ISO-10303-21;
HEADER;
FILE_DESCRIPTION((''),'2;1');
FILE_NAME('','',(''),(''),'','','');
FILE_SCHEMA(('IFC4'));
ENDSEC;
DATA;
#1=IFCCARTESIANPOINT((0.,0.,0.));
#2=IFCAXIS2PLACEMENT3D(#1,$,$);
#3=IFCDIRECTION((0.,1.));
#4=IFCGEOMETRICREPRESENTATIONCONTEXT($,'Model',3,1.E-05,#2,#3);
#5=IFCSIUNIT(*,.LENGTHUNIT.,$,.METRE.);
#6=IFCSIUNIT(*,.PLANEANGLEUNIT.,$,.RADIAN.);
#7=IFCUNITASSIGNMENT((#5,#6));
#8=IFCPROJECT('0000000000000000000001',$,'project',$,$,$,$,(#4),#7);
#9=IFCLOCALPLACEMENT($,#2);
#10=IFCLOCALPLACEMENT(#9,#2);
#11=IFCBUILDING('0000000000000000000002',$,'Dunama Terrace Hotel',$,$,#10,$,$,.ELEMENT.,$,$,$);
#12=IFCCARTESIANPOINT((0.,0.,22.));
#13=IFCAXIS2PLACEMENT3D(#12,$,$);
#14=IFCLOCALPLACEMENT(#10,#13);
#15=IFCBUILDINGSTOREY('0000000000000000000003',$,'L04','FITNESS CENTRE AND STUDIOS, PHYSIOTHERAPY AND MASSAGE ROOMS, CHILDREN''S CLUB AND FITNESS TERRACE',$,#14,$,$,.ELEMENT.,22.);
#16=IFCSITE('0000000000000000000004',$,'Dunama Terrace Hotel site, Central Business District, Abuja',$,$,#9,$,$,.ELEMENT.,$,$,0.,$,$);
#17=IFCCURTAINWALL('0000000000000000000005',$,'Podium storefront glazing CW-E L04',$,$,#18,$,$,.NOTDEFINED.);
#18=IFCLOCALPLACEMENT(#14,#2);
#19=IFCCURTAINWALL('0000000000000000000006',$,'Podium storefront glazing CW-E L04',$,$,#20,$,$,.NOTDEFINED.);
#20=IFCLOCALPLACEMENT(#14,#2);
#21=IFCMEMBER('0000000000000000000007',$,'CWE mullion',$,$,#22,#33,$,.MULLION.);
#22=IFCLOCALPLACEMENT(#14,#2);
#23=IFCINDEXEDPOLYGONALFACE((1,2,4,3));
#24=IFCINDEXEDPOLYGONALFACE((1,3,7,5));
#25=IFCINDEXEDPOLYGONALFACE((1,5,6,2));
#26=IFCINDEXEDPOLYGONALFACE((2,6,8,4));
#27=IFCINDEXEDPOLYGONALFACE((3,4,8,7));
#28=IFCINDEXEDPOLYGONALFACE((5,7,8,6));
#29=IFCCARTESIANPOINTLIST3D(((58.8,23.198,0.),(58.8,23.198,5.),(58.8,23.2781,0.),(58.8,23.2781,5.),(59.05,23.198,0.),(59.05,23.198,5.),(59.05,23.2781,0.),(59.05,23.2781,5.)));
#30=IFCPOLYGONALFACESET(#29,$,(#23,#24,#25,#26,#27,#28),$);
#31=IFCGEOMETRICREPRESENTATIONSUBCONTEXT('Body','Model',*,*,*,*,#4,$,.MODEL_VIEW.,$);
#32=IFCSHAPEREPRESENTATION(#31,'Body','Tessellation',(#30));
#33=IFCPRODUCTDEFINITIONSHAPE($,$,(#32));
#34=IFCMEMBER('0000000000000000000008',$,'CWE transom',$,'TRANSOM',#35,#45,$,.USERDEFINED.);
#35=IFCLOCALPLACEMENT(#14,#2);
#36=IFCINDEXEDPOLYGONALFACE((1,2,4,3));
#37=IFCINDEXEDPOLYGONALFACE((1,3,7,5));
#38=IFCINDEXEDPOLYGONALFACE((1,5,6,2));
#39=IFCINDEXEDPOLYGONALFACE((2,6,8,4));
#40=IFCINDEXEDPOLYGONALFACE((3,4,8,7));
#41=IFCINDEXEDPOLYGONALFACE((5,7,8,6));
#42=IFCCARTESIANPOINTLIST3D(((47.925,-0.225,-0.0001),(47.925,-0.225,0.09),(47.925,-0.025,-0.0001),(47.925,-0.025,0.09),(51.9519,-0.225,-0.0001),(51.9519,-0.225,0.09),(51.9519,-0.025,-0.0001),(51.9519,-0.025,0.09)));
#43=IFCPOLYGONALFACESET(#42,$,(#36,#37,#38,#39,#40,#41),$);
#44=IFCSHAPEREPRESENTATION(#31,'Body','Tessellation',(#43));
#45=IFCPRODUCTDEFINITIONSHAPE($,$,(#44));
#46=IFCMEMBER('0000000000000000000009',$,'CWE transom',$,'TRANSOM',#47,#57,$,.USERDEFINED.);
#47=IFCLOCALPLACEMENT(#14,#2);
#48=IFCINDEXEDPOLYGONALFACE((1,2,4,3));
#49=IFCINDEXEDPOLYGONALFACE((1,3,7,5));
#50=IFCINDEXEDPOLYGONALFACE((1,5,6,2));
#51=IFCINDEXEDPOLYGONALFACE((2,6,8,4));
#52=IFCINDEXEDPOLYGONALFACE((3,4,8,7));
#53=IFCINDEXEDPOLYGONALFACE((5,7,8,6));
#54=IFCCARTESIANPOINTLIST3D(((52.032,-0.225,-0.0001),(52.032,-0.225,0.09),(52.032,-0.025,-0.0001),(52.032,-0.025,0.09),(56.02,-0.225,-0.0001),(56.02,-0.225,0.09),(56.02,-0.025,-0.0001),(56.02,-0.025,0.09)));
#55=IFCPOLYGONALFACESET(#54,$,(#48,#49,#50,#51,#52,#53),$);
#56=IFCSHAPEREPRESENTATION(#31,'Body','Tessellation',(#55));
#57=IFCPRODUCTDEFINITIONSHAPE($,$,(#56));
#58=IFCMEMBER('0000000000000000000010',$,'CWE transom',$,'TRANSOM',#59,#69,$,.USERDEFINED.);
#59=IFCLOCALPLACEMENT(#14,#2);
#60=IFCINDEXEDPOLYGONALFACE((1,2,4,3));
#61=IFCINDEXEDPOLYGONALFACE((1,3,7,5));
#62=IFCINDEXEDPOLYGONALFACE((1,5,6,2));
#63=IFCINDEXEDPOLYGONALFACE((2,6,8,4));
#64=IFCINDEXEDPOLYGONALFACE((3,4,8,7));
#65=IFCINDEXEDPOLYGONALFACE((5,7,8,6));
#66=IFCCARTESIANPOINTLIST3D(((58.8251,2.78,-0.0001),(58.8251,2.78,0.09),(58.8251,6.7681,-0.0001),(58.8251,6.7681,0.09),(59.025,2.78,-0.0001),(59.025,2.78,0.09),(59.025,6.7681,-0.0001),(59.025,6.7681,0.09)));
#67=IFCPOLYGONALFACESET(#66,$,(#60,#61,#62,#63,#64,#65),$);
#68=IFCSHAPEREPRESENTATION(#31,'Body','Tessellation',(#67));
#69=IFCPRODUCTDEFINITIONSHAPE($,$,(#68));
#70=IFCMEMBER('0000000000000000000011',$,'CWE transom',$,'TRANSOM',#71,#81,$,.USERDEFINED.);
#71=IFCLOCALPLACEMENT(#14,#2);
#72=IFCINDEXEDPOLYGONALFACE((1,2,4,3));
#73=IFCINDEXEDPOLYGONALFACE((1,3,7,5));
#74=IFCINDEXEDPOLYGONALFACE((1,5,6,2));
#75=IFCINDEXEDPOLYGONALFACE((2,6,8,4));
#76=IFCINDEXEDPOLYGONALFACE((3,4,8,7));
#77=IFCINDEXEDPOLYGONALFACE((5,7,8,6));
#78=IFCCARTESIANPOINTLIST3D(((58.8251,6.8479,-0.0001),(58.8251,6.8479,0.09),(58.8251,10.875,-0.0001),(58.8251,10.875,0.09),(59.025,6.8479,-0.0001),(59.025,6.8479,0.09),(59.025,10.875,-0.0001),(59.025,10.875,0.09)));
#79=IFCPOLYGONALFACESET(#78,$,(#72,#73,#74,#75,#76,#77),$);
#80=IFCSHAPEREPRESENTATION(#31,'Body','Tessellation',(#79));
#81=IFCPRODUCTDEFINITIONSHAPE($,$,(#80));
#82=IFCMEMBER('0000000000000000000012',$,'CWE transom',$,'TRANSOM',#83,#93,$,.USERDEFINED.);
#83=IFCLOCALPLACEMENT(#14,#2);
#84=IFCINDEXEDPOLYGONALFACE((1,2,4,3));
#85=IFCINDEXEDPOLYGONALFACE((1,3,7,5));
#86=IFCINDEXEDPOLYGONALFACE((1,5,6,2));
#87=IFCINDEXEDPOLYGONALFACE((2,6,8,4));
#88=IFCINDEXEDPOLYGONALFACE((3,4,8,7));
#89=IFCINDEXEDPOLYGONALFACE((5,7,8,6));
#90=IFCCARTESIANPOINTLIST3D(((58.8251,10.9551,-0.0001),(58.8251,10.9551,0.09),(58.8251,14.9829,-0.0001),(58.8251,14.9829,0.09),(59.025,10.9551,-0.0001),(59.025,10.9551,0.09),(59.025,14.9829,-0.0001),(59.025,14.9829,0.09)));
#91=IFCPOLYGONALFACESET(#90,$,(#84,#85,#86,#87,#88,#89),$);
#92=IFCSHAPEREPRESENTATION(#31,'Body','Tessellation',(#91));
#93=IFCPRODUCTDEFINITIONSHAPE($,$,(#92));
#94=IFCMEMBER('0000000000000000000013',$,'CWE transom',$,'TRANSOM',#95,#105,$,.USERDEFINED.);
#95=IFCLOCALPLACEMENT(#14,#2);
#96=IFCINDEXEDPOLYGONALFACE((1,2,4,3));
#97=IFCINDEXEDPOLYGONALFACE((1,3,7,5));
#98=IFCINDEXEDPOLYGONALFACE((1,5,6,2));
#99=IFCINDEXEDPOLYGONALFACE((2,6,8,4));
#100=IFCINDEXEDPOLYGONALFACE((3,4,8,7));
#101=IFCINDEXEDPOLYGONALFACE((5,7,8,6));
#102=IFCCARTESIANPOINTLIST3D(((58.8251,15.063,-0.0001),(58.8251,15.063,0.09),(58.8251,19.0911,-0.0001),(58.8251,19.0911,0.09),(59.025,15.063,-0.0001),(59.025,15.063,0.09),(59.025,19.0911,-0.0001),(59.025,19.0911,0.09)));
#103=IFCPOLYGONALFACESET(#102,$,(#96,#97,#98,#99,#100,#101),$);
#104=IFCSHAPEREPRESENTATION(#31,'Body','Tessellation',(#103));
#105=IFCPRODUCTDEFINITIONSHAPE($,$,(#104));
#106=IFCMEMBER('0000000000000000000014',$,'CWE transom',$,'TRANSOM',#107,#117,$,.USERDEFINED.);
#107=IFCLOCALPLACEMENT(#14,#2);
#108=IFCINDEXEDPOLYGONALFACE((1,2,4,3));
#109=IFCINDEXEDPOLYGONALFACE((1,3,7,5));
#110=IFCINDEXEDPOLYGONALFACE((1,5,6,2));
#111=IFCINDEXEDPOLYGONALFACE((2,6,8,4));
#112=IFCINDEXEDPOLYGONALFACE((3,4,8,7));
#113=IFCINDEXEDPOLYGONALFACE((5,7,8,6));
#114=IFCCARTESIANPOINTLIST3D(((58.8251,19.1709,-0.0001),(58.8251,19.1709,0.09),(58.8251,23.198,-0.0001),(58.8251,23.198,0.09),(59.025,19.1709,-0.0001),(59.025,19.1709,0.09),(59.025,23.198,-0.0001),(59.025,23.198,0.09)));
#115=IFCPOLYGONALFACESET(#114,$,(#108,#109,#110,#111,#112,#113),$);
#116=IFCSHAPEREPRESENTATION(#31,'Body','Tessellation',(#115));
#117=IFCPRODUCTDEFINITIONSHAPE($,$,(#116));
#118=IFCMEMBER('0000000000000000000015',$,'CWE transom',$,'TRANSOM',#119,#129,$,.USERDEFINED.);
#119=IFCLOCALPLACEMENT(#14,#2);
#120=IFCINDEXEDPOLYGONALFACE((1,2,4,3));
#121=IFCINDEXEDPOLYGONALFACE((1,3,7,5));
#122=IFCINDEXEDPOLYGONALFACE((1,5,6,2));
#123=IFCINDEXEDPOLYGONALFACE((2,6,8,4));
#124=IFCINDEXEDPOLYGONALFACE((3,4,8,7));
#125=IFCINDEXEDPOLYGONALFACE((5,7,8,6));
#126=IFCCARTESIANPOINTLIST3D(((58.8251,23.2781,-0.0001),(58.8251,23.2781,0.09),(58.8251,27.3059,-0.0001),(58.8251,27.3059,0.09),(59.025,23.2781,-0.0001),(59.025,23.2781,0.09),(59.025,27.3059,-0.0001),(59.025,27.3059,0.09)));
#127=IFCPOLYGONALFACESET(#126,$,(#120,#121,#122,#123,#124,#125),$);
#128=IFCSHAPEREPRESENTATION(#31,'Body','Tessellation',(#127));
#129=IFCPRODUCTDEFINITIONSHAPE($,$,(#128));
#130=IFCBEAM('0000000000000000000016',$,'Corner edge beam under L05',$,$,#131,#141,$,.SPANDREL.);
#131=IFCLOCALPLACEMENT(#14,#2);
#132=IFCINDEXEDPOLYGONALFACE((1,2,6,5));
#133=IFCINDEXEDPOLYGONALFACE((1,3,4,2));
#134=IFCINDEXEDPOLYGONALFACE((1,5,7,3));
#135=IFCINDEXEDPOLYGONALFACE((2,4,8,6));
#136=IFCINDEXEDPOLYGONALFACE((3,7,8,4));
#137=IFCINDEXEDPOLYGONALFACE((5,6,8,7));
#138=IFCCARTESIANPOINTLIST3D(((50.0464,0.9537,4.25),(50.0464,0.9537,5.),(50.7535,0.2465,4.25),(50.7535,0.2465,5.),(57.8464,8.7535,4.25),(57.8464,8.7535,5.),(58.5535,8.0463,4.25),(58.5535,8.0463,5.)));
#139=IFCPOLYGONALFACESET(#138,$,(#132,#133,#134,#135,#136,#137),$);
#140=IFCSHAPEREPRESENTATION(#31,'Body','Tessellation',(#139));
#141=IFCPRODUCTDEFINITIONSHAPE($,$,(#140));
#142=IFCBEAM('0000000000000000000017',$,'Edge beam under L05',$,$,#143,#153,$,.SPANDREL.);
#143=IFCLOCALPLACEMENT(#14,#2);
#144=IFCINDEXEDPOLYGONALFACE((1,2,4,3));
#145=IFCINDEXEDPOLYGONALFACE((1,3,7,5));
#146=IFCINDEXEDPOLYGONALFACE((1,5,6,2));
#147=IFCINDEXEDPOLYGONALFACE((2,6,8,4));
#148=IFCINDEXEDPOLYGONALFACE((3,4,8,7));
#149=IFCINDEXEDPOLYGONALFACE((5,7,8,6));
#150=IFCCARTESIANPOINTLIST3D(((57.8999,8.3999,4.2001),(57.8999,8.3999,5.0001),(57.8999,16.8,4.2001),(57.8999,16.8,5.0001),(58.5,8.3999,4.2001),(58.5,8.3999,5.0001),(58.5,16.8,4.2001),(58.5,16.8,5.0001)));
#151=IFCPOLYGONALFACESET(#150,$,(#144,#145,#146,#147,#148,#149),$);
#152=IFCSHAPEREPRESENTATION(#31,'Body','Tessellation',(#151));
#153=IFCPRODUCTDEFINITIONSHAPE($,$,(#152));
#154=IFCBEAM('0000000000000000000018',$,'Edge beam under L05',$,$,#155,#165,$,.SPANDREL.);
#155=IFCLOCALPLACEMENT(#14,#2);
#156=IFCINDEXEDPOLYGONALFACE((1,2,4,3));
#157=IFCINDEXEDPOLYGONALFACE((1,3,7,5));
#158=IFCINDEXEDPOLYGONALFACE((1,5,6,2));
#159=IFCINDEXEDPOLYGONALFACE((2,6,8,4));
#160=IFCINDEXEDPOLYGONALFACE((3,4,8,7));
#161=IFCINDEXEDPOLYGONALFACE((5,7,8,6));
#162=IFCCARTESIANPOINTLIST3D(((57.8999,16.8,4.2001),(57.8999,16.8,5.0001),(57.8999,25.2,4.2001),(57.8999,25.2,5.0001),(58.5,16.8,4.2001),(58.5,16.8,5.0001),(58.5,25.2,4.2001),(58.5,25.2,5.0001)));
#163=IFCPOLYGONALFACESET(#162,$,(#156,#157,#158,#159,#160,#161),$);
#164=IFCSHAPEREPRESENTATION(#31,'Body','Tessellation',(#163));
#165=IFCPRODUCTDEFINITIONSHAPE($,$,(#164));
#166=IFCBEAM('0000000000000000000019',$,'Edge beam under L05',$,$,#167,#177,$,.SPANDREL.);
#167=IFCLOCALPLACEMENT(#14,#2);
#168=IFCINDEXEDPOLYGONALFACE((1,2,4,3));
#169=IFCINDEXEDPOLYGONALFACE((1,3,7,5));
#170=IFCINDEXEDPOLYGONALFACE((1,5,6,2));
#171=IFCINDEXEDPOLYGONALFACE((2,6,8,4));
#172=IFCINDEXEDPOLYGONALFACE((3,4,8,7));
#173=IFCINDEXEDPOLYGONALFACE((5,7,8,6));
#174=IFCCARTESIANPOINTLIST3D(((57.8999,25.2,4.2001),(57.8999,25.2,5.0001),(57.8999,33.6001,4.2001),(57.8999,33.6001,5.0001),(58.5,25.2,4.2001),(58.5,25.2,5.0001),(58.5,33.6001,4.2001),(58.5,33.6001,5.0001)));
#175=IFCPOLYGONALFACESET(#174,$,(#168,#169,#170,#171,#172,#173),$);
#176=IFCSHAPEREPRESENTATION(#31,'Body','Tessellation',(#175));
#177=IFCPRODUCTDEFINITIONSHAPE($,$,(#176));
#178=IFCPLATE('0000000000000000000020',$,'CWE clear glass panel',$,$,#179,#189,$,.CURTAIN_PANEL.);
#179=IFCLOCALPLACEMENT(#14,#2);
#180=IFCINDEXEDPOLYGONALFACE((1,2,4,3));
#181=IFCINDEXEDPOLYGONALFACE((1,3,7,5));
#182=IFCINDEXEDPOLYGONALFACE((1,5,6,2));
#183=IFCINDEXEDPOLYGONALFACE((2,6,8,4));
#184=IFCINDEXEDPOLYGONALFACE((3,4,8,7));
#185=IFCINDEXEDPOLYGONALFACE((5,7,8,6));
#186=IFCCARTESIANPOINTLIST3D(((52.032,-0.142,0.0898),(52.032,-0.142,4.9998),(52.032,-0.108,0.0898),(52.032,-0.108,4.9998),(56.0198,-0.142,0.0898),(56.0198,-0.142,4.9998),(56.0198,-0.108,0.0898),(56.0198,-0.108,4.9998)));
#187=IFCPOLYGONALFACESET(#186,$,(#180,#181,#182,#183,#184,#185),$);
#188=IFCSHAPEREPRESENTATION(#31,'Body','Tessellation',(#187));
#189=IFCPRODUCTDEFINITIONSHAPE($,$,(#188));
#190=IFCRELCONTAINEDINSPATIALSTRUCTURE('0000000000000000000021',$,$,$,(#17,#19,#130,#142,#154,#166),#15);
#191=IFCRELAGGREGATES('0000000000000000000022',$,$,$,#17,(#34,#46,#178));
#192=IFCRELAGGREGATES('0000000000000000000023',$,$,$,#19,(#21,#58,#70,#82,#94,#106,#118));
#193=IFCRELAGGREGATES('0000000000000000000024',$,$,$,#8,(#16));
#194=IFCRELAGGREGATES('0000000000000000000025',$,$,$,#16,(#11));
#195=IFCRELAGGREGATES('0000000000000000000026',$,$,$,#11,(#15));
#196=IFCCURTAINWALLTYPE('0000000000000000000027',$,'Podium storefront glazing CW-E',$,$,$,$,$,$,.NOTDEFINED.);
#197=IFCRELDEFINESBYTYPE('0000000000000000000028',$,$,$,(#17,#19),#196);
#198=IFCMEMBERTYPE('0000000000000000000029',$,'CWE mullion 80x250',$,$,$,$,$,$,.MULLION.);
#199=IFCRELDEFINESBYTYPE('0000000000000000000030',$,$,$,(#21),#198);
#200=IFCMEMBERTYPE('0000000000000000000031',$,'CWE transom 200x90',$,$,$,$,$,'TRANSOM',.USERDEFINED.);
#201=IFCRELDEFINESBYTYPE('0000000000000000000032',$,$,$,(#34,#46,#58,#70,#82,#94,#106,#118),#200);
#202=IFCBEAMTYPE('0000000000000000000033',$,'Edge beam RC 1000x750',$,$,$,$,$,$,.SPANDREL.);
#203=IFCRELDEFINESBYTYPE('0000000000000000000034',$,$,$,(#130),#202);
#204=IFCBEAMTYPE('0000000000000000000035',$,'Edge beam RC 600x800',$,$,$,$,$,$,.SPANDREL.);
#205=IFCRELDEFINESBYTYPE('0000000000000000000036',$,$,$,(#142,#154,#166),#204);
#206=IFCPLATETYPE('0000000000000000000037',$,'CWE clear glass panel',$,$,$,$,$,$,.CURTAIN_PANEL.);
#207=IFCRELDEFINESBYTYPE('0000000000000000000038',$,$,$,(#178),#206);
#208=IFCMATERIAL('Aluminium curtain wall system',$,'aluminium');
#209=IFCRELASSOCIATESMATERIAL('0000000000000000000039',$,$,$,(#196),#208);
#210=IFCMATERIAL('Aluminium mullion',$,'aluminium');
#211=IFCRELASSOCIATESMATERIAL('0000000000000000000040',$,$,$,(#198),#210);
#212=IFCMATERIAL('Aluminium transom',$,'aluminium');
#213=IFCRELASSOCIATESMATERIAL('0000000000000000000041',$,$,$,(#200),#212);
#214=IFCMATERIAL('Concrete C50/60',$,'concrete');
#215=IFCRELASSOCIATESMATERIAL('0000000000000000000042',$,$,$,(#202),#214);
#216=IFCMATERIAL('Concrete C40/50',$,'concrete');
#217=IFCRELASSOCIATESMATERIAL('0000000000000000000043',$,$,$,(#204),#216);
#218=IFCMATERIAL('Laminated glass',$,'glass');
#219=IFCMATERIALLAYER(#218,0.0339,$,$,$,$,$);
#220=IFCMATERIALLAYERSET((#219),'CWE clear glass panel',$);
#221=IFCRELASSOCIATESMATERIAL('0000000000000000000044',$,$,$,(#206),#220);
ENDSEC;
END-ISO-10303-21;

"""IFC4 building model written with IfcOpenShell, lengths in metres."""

from ifc_helpers import new_model, si_unit, direction, frame, origin, origin_2d, place, context, subcontext, project, spatial, rectangle, extrude, material, layer, layer_set, material_profile, profile_set, type_object, element, aggregate, save


model = new_model("IFC4")

# Units and contexts
model_context = context("Model", 3, precision=1e-05, world=origin(), true_north=direction((0.0, 1.0)))
body_context = subcontext(model_context, "Body", "Model", "MODEL_VIEW")
ifc_project = project(units=[si_unit("LENGTHUNIT", "METRE"), si_unit("PLANEANGLEUNIT", "RADIAN")], contexts=[model_context])

# Site, building, storey
site_placement = place(None, origin())
site = spatial("IfcSite", under=ifc_project, at=site_placement, Name="Dunama Terrace Hotel site, Central Business District, Abuja", CompositionType="ELEMENT", RefElevation=0.0)
building_placement = place(site_placement, origin())
building = spatial("IfcBuilding", under=site, at=building_placement, Name="Dunama Terrace Hotel", CompositionType="ELEMENT")
storey_placement = place(building_placement, frame((0.0, 0.0, 22.0)))
storey = spatial("IfcBuildingStorey", under=building, at=storey_placement, Name="L04", Description="FITNESS CENTRE AND STUDIOS, PHYSIOTHERAPY AND MASSAGE ROOMS, CHILDREN'S CLUB AND FITNESS TERRACE", CompositionType="ELEMENT", Elevation=22.0)

# Curtain walls, member
ifc_material_1 = material(Name="Aluminium curtain wall system", Category="aluminium")
curtain_wall_type = type_object("IfcCurtainWallType", Name="Podium storefront glazing CW-E", PredefinedType="NOTDEFINED", material=ifc_material_1)
curtain_wall_1_placement = place(storey_placement, origin())
curtain_wall_1 = element("IfcCurtainWall", 1, at=curtain_wall_1_placement, inside=storey, type_object=curtain_wall_type, Name="Podium storefront glazing CW-E L04", PredefinedType="NOTDEFINED")
ifc_material_2 = material(Name="Aluminium mullion", Category="aluminium")
ifc_material_profile_1 = material_profile(ifc_material_2, rectangle(XDim=0.0801, YDim=0.25, at=origin_2d()), Name="CWE MULLION 80X250")
ifc_profile_set_1 = profile_set([ifc_material_profile_1], Name="Aluminium mullion")
member_type_1 = type_object("IfcMemberType", Name="CWE mullion 80x250", PredefinedType="MULLION", material=ifc_profile_set_1)
curtain_wall_2_placement = place(storey_placement, origin())
curtain_wall_2 = element("IfcCurtainWall", 2, at=curtain_wall_2_placement, inside=storey, type_object=curtain_wall_type, Name="Podium storefront glazing CW-E L04", PredefinedType="NOTDEFINED")
member_1_placement = place(storey_placement, frame((58.925, 23.238, 0.0), z_axis=(0.0, 0.0, 1.0), x_axis=(0.0, 1.0, 0.0)))
member_1 = element("IfcMember", 3, at=member_1_placement, type_object=member_type_1, Name="CWE mullion", PredefinedType="MULLION", context=body_context, shape_type="SweptSolid", body=[
    extrude(rectangle(XDim=0.0801, YDim=0.25, at=origin_2d()), origin(), (0.0, 0.0, 1.0), 5.0),
])

# Members
ifc_material_3 = material(Name="Aluminium transom", Category="aluminium")
ifc_material_profile_2 = material_profile(ifc_material_3, rectangle(XDim=0.2, YDim=0.0901, at=origin_2d()), Name="CWE TRANSOM 200X90")
ifc_profile_set_2 = profile_set([ifc_material_profile_2], Name="Aluminium transom")
member_type_2 = type_object("IfcMemberType", Name="CWE transom 200x90", ElementType="TRANSOM", PredefinedType="USERDEFINED", material=ifc_profile_set_2)
member_2_placement = place(storey_placement, frame((47.925, -0.125, 0.0449), z_axis=(1.0, 0.0, 0.0), x_axis=(0.0, 1.0, 0.0)))
member_2 = element("IfcMember", 4, at=member_2_placement, type_object=member_type_2, Name="CWE transom", ObjectType="TRANSOM", PredefinedType="USERDEFINED", context=body_context, shape_type="SweptSolid", body=[
    extrude(rectangle(XDim=0.2, YDim=0.0901, at=origin_2d()), origin(), (0.0, 0.0, 1.0), 4.0269),
])
member_3_placement = place(storey_placement, frame((52.032, -0.125, 0.0449), z_axis=(1.0, 0.0, 0.0), x_axis=(0.0, 1.0, 0.0)))
member_3 = element("IfcMember", 5, at=member_3_placement, type_object=member_type_2, Name="CWE transom", ObjectType="TRANSOM", PredefinedType="USERDEFINED", context=body_context, shape_type="SweptSolid", body=[
    extrude(rectangle(XDim=0.2, YDim=0.0901, at=origin_2d()), origin(), (0.0, 0.0, 1.0), 3.988),
])
member_4_placement = place(storey_placement, frame((58.925, 2.78, 0.0449), z_axis=(0.0, 1.0, 0.0), x_axis=(-1.0, 0.0, 0.0)))
member_4 = element("IfcMember", 6, at=member_4_placement, type_object=member_type_2, Name="CWE transom", ObjectType="TRANSOM", PredefinedType="USERDEFINED", context=body_context, shape_type="SweptSolid", body=[
    extrude(rectangle(XDim=0.2, YDim=0.0901, at=origin_2d()), origin(), (0.0, 0.0, 1.0), 3.988),
])
member_5_placement = place(storey_placement, frame((58.925, 6.8479, 0.0449), z_axis=(0.0, 1.0, 0.0), x_axis=(-1.0, 0.0, 0.0)))
member_5 = element("IfcMember", 7, at=member_5_placement, type_object=member_type_2, Name="CWE transom", ObjectType="TRANSOM", PredefinedType="USERDEFINED", context=body_context, shape_type="SweptSolid", body=[
    extrude(rectangle(XDim=0.2, YDim=0.0901, at=origin_2d()), origin(), (0.0, 0.0, 1.0), 4.0271),
])
member_6_placement = place(storey_placement, frame((58.925, 10.9551, 0.0449), z_axis=(0.0, 1.0, 0.0), x_axis=(-1.0, 0.0, 0.0)))
member_6 = element("IfcMember", 8, at=member_6_placement, type_object=member_type_2, Name="CWE transom", ObjectType="TRANSOM", PredefinedType="USERDEFINED", context=body_context, shape_type="SweptSolid", body=[
    extrude(rectangle(XDim=0.2, YDim=0.0901, at=origin_2d()), origin(), (0.0, 0.0, 1.0), 4.0278),
])
member_7_placement = place(storey_placement, frame((58.925, 15.063, 0.0449), z_axis=(0.0, 1.0, 0.0), x_axis=(-1.0, 0.0, 0.0)))
member_7 = element("IfcMember", 9, at=member_7_placement, type_object=member_type_2, Name="CWE transom", ObjectType="TRANSOM", PredefinedType="USERDEFINED", context=body_context, shape_type="SweptSolid", body=[
    extrude(rectangle(XDim=0.2, YDim=0.0901, at=origin_2d()), origin(), (0.0, 0.0, 1.0), 4.0281),
])
member_8_placement = place(storey_placement, frame((58.925, 19.1709, 0.0449), z_axis=(0.0, 1.0, 0.0), x_axis=(-1.0, 0.0, 0.0)))
member_8 = element("IfcMember", 10, at=member_8_placement, type_object=member_type_2, Name="CWE transom", ObjectType="TRANSOM", PredefinedType="USERDEFINED", context=body_context, shape_type="SweptSolid", body=[
    extrude(rectangle(XDim=0.2, YDim=0.0901, at=origin_2d()), origin(), (0.0, 0.0, 1.0), 4.0271),
])
member_9_placement = place(storey_placement, frame((58.925, 23.2781, 0.0449), z_axis=(0.0, 1.0, 0.0), x_axis=(-1.0, 0.0, 0.0)))
member_9 = element("IfcMember", 11, at=member_9_placement, type_object=member_type_2, Name="CWE transom", ObjectType="TRANSOM", PredefinedType="USERDEFINED", context=body_context, shape_type="SweptSolid", body=[
    extrude(rectangle(XDim=0.2, YDim=0.0901, at=origin_2d()), origin(), (0.0, 0.0, 1.0), 4.0278),
])

# Beams
ifc_material_4 = material(Name="Concrete C50/60", Category="concrete")
ifc_material_profile_3 = material_profile(ifc_material_4, rectangle(XDim=1.0, YDim=0.75, at=origin_2d()), Name="RC 1000x750")
ifc_profile_set_3 = profile_set([ifc_material_profile_3], Name="Concrete C50/60")
beam_type_1 = type_object("IfcBeamType", Name="Edge beam RC 1000x750", PredefinedType="SPANDREL", material=ifc_profile_set_3)
beam_1_placement = place(storey_placement, frame((50.3999, 0.6001, 4.625), z_axis=(0.707118, 0.707096, 0.0), x_axis=(-0.707096, 0.707118, 0.0)))
element("IfcBeam", 12, at=beam_1_placement, inside=storey, type_object=beam_type_1, Name="Corner edge beam under L05", PredefinedType="SPANDREL", context=body_context, shape_type="SweptSolid", body=[
    extrude(rectangle(XDim=1.0, YDim=0.75, at=origin_2d()), origin(), (0.0, 0.0, 1.0), 11.0308),
])
ifc_material_5 = material(Name="Concrete C40/50", Category="concrete")
ifc_material_profile_4 = material_profile(ifc_material_5, rectangle(XDim=0.6001, YDim=0.8, at=origin_2d()), Name="RC 600x800")
ifc_profile_set_4 = profile_set([ifc_material_profile_4], Name="Concrete C40/50")
beam_type_2 = type_object("IfcBeamType", Name="Edge beam RC 600x800", PredefinedType="SPANDREL", material=ifc_profile_set_4)
beam_2_placement = place(storey_placement, frame((58.2, 8.3999, 4.6001), z_axis=(0.0, 1.0, 0.0), x_axis=(-1.0, 0.0, 0.0)))
element("IfcBeam", 13, at=beam_2_placement, inside=storey, type_object=beam_type_2, Name="Edge beam under L05", PredefinedType="SPANDREL", context=body_context, shape_type="SweptSolid", body=[
    extrude(rectangle(XDim=0.6001, YDim=0.8, at=origin_2d()), origin(), (0.0, 0.0, 1.0), 8.4001),
])
beam_3_placement = place(storey_placement, frame((58.2, 16.8, 4.6001), z_axis=(0.0, 1.0, 0.0), x_axis=(-1.0, 0.0, 0.0)))
element("IfcBeam", 14, at=beam_3_placement, inside=storey, type_object=beam_type_2, Name="Edge beam under L05", PredefinedType="SPANDREL", context=body_context, shape_type="SweptSolid", body=[
    extrude(rectangle(XDim=0.6001, YDim=0.8, at=origin_2d()), origin(), (0.0, 0.0, 1.0), 8.3999),
])
beam_4_placement = place(storey_placement, frame((58.2, 25.2, 4.6001), z_axis=(0.0, 1.0, 0.0), x_axis=(-1.0, 0.0, 0.0)))
element("IfcBeam", 15, at=beam_4_placement, inside=storey, type_object=beam_type_2, Name="Edge beam under L05", PredefinedType="SPANDREL", context=body_context, shape_type="SweptSolid", body=[
    extrude(rectangle(XDim=0.6001, YDim=0.8, at=origin_2d()), origin(), (0.0, 0.0, 1.0), 8.4001),
])

# Plate
ifc_material_6 = material(Name="Laminated glass", Category="glass")
ifc_layer_1 = layer(ifc_material_6, 0.0339)
ifc_layer_set_1 = layer_set([ifc_layer_1], Name="CWE clear glass panel")
plate_type_1 = type_object("IfcPlateType", Name="CWE clear glass panel", PredefinedType="CURTAIN_PANEL", material=ifc_layer_set_1)
plate_1_placement = place(storey_placement, frame((54.0259, -0.125, 0.0898), z_axis=(0.0, 0.0, 1.0), x_axis=(1.0, 0.0, 0.0)))
plate_1 = element("IfcPlate", 16, at=plate_1_placement, type_object=plate_type_1, Name="CWE clear glass panel", PredefinedType="CURTAIN_PANEL", context=body_context, shape_type="SweptSolid", body=[
    extrude(rectangle(XDim=3.9878, YDim=0.0339, at=origin_2d()), origin(), (0.0, 0.0, 1.0), 4.9099),
])
aggregate(curtain_wall_1, [member_2, member_3, plate_1])
aggregate(curtain_wall_2, [member_1, member_4, member_5, member_6, member_7, member_8, member_9])

save(model, "model.ifc")
